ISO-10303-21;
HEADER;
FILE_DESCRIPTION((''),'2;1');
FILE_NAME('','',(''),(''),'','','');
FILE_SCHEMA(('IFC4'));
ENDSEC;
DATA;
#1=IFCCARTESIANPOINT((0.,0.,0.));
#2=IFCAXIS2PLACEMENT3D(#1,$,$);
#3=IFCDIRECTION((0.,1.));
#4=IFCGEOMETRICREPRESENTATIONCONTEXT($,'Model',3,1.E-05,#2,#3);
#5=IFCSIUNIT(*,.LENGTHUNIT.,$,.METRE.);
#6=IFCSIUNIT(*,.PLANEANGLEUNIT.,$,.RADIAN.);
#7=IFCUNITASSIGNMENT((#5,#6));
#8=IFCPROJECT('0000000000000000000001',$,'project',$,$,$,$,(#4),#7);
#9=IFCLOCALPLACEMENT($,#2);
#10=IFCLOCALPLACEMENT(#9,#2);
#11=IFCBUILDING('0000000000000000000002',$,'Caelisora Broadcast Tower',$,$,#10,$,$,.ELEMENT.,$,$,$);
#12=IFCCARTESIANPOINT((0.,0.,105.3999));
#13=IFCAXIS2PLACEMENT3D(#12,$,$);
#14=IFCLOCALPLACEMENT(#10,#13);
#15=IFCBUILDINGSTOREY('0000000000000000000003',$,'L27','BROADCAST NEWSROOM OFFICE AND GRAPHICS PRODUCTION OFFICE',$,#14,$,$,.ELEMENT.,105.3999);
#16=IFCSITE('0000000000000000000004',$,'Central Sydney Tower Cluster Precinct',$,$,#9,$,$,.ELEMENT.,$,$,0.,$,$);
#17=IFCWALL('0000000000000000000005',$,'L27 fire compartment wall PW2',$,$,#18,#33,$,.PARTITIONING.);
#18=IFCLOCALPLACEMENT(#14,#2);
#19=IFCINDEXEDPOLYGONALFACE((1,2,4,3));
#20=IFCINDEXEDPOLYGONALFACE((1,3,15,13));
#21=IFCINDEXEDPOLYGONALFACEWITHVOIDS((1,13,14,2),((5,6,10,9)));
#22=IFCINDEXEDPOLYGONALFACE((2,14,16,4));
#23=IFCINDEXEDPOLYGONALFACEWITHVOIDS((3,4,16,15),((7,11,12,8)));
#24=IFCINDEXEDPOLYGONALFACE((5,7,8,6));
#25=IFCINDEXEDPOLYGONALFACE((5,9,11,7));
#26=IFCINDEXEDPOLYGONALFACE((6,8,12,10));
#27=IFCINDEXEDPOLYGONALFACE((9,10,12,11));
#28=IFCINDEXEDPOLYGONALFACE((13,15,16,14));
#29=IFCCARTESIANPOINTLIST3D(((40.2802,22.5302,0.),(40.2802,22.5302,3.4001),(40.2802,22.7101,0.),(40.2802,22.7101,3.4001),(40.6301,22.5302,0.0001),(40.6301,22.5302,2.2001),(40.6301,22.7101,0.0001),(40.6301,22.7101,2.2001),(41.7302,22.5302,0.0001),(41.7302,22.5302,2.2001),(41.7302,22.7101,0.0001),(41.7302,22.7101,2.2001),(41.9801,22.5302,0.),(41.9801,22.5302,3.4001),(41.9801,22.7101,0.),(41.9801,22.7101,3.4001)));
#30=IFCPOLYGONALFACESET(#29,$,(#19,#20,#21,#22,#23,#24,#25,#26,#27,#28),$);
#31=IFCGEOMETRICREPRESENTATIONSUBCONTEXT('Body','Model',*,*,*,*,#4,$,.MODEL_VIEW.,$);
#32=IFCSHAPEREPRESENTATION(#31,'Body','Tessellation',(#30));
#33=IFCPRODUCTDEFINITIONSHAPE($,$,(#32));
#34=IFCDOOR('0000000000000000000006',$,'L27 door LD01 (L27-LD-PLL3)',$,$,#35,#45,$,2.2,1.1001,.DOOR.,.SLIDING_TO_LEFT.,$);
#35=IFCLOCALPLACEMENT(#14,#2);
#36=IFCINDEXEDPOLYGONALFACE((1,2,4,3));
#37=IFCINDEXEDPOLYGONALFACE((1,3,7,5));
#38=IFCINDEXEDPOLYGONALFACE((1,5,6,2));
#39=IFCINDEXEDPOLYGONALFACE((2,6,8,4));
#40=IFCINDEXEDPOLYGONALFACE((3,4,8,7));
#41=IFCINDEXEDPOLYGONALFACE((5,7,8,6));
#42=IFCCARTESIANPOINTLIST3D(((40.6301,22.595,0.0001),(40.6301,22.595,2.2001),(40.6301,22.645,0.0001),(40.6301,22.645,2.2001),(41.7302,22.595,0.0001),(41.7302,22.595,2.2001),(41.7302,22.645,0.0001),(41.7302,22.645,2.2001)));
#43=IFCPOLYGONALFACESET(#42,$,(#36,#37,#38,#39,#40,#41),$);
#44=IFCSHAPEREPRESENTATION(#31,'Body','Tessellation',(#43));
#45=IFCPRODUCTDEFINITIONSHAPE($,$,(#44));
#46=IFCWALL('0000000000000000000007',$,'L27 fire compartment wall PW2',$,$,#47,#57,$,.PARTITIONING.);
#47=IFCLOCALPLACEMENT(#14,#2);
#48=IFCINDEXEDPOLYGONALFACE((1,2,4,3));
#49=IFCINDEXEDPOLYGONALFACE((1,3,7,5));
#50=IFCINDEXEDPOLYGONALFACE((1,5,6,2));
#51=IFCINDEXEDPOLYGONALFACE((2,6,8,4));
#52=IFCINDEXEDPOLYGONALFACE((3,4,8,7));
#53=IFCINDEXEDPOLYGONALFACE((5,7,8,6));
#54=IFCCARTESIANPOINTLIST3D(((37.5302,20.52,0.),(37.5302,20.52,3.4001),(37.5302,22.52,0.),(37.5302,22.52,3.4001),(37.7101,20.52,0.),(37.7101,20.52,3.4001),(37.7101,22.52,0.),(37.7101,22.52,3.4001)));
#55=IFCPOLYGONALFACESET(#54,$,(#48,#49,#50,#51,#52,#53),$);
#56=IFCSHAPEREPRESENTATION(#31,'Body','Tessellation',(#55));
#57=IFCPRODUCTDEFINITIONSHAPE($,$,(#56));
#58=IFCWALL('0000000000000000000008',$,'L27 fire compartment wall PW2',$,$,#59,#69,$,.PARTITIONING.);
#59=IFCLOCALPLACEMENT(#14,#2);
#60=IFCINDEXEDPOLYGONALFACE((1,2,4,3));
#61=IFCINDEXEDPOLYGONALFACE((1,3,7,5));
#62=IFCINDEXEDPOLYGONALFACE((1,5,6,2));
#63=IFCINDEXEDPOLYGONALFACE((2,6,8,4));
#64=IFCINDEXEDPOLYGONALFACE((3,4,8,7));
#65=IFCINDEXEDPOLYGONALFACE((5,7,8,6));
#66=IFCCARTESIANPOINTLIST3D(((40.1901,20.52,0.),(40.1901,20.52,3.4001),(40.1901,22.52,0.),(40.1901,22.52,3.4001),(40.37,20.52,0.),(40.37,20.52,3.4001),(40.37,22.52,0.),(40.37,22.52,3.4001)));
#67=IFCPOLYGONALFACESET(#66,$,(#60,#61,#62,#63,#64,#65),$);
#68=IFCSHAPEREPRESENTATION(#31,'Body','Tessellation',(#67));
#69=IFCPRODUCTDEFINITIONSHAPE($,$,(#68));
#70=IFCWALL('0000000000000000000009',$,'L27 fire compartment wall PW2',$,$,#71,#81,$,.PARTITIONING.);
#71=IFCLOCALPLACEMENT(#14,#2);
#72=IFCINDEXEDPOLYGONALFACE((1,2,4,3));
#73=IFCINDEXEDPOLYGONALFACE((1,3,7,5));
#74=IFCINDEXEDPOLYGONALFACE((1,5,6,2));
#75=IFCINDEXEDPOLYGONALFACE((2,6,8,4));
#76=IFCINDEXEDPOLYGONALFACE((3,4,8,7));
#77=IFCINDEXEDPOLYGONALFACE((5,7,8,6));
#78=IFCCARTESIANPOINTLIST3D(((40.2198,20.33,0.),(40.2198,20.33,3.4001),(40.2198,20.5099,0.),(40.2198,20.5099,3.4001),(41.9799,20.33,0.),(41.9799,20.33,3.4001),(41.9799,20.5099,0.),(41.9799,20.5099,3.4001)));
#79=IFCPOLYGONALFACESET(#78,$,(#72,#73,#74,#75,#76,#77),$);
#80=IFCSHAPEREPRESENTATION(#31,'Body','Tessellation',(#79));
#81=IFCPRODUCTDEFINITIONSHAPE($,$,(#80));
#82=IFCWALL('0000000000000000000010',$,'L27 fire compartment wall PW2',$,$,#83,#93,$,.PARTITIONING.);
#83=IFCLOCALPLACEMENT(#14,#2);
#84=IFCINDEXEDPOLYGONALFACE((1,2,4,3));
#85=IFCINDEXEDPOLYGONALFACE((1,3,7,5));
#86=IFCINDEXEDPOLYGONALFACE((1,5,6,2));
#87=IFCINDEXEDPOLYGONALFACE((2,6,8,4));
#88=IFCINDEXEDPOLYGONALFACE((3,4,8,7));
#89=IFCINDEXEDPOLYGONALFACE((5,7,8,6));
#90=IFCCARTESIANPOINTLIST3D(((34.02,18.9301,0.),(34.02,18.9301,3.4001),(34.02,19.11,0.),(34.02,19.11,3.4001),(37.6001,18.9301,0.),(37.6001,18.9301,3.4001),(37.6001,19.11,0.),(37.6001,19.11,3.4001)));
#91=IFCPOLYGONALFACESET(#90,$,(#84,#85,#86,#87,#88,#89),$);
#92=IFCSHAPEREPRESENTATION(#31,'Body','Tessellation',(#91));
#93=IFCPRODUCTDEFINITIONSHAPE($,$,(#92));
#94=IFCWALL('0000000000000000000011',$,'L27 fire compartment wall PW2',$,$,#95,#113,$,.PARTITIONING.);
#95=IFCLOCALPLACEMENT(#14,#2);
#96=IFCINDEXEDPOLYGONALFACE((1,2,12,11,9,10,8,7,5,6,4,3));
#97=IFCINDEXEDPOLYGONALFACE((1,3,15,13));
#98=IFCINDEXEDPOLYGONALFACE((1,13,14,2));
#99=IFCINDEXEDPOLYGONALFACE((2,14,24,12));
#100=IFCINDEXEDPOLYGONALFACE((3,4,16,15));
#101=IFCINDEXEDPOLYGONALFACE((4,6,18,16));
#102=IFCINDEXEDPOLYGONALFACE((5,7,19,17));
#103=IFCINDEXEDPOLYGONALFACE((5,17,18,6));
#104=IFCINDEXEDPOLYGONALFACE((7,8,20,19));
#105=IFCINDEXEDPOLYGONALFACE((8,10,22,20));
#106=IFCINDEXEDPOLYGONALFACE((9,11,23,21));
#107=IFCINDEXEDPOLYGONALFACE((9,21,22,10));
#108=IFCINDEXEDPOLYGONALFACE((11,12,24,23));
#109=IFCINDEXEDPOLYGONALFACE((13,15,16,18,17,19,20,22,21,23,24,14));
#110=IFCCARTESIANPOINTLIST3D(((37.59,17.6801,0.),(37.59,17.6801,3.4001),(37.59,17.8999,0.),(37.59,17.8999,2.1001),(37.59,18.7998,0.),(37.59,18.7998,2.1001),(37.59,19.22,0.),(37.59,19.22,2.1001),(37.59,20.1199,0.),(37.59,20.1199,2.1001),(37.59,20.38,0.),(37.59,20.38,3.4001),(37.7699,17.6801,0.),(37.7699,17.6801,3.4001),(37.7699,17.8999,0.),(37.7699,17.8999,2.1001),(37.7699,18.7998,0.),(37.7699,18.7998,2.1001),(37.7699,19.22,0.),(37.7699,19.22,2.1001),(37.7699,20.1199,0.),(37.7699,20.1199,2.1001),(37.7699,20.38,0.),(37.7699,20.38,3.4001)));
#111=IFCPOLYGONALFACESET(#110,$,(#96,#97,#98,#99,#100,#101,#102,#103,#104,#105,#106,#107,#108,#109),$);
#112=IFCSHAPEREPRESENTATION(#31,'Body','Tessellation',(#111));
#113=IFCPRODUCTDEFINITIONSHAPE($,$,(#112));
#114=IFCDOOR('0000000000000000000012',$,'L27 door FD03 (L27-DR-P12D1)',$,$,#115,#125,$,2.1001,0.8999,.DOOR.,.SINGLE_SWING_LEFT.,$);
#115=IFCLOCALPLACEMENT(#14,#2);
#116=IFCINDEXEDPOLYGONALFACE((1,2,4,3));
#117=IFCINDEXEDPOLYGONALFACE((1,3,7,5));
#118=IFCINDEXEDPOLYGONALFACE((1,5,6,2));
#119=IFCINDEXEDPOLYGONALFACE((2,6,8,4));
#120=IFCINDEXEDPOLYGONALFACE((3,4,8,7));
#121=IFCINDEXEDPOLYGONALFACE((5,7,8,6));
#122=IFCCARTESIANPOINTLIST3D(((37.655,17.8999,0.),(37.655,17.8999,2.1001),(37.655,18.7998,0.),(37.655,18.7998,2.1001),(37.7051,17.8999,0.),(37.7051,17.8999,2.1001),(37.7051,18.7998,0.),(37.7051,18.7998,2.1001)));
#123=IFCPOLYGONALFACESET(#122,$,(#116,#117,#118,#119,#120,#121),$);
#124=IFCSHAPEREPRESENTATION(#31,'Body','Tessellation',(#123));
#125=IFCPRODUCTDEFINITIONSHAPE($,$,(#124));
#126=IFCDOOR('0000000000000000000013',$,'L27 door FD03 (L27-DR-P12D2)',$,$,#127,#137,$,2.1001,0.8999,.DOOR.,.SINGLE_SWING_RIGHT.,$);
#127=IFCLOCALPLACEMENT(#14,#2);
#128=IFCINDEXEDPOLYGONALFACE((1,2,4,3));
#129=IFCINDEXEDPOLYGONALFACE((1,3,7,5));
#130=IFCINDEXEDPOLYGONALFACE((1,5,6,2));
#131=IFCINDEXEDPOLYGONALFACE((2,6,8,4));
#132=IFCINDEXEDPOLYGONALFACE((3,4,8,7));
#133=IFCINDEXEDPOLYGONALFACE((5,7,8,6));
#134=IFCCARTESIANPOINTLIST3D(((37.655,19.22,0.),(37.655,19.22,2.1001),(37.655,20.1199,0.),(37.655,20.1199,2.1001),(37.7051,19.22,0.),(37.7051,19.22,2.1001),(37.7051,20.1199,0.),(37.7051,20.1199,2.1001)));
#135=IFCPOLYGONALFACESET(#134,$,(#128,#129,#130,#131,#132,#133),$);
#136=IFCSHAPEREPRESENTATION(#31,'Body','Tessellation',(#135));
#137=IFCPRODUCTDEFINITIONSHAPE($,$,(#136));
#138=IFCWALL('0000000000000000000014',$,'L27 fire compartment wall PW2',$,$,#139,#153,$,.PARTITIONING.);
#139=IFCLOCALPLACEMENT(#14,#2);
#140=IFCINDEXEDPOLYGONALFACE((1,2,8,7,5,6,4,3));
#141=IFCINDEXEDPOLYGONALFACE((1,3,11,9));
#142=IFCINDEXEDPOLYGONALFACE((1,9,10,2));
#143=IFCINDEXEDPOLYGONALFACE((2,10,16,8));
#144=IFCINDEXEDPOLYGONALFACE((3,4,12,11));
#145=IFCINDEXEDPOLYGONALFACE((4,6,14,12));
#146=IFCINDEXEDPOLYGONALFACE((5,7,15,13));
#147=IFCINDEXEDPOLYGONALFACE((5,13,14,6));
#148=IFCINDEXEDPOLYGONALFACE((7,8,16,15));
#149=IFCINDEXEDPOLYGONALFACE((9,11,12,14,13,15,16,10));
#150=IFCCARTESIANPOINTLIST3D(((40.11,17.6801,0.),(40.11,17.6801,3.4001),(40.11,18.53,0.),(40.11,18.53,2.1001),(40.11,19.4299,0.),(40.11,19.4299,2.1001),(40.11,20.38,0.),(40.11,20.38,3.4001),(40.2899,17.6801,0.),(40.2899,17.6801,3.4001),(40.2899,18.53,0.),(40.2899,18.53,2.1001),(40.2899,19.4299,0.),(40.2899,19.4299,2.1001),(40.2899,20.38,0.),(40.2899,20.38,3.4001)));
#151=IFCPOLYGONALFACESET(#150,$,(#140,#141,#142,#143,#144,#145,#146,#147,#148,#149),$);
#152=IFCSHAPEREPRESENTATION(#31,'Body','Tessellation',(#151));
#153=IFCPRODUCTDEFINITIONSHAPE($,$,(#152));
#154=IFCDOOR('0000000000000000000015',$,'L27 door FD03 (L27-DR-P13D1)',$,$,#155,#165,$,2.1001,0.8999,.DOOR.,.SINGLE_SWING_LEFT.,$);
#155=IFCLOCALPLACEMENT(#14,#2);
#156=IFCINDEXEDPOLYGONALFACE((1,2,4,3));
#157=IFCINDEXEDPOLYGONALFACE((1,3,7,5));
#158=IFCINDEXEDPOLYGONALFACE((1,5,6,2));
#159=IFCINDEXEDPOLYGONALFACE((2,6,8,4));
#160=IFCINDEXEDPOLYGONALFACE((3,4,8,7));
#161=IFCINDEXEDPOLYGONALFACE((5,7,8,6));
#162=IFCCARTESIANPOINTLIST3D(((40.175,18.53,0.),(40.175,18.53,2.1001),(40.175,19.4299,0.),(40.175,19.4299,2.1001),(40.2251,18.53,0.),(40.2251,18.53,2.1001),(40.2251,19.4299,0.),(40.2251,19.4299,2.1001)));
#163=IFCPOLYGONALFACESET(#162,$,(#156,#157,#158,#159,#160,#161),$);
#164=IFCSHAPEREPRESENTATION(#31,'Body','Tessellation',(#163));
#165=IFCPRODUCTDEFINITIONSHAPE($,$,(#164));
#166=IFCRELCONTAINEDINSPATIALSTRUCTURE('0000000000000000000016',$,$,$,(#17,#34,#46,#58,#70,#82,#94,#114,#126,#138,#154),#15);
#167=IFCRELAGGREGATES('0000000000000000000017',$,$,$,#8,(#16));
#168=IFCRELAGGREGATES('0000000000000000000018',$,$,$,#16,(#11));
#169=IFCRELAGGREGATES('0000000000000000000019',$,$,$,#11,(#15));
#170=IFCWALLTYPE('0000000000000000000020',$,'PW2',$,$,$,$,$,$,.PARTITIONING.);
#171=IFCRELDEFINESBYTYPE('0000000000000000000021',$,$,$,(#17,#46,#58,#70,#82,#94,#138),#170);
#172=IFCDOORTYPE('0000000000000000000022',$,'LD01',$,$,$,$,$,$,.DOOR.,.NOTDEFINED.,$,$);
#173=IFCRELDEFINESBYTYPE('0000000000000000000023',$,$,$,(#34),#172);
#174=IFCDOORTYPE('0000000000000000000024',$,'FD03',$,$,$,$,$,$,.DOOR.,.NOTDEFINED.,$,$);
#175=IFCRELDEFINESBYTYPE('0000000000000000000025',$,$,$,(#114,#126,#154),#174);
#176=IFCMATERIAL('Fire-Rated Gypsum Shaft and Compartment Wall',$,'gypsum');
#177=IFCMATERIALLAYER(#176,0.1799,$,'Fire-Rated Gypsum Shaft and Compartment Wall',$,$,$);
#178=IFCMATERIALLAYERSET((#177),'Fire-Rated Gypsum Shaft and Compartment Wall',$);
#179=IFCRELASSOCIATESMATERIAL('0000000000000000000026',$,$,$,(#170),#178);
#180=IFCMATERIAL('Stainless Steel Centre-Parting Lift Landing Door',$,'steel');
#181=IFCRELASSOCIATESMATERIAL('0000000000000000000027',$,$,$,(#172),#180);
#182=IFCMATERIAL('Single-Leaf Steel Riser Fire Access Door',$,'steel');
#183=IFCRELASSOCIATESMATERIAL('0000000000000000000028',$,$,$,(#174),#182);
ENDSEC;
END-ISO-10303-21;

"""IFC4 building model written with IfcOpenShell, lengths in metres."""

from ifc_helpers import new_model, si_unit, direction, frame, frame_2d, origin, place, context, subcontext, project, spatial, rectangle, extrude, material, layer, layer_set, type_object, element, fill, save


model = new_model("IFC4")

# Units and contexts
model_context = context("Model", 3, precision=1e-05, world=origin(), true_north=direction((0.0, 1.0)))
body_context = subcontext(model_context, "Body", "Model", "MODEL_VIEW")
ifc_project = project(units=[si_unit("LENGTHUNIT", "METRE"), si_unit("PLANEANGLEUNIT", "RADIAN")], contexts=[model_context])

# Site, building, storey
site_placement = place(None, origin())
site = spatial("IfcSite", under=ifc_project, at=site_placement, Name="Central Sydney Tower Cluster Precinct", CompositionType="ELEMENT", RefElevation=0.0)
building_placement = place(site_placement, origin())
building = spatial("IfcBuilding", under=site, at=building_placement, Name="Caelisora Broadcast Tower", CompositionType="ELEMENT")
storey_placement = place(building_placement, frame((0.0, 0.0, 105.3999)))
storey = spatial("IfcBuildingStorey", under=building, at=storey_placement, Name="L27", Description="BROADCAST NEWSROOM OFFICE AND GRAPHICS PRODUCTION OFFICE", CompositionType="ELEMENT", Elevation=105.3999)

# Wall, opening, door
ifc_material_1 = material(Name="Fire-Rated Gypsum Shaft and Compartment Wall", Category="gypsum")
ifc_layer_1 = layer(ifc_material_1, 0.1799, Name="Fire-Rated Gypsum Shaft and Compartment Wall")
ifc_layer_set_1 = layer_set([ifc_layer_1], Name="Fire-Rated Gypsum Shaft and Compartment Wall")
wall_type_1 = type_object("IfcWallType", Name="PW2", PredefinedType="PARTITIONING", material=ifc_layer_set_1)
wall_1_placement = place(storey_placement, frame((40.28, 22.6201, 0.0), z_axis=(0.0, 0.0, 1.0), x_axis=(1.0, 0.0, 0.0)))
wall_1 = element("IfcWall", 1, at=wall_1_placement, inside=storey, type_object=wall_type_1, Name="L27 fire compartment wall PW2", PredefinedType="PARTITIONING", context=body_context, shape_type="SweptSolid", body=[
    extrude(rectangle(XDim=1.7, YDim=0.1799, at=frame_2d((0.8501, 0.0))), origin(), (0.0, 0.0, 1.0), 3.4001),
])
opening_1_placement = place(wall_1_placement, frame((0.3501, 0.0, 0.0)))
opening_1 = element("IfcOpeningElement", 2, at=opening_1_placement, cuts=wall_1, PredefinedType="OPENING", context=body_context, shape_type="SweptSolid", body=[
    extrude(rectangle(XDim=1.1001, YDim=2.2, at=frame_2d((0.55, 1.1001))), frame((0.0, 0.1021, 0.0), z_axis=(0.0, -1.0, 0.0), x_axis=(1.0, 0.0, 0.0)), (0.0, 0.0, 1.0), 0.2039),
])
ifc_material_2 = material(Name="Stainless Steel Centre-Parting Lift Landing Door", Category="steel")
door_type_1 = type_object("IfcDoorType", Name="LD01", OperationType="NOTDEFINED", PredefinedType="DOOR", material=ifc_material_2)
door_1_placement = place(opening_1_placement, origin())
door_1 = element("IfcDoor", 3, at=door_1_placement, inside=storey, type_object=door_type_1, Name="L27 door LD01 (L27-LD-PLL3)", OperationType="SLIDING_TO_LEFT", OverallHeight=2.2, OverallWidth=1.1001, PredefinedType="DOOR", context=body_context, shape_type="SweptSolid", body=[
    extrude(rectangle(XDim=1.1001, YDim=2.2, at=frame_2d((0.55, 1.1001))), frame((0.0, 0.0249, 0.0), z_axis=(0.0, -1.0, 0.0), x_axis=(1.0, 0.0, 0.0)), (0.0, 0.0, 1.0), 0.05),
])
fill(opening_1, door_1)

# Walls
for number, where, z_axis, x_axis, name in (
    (4, (37.6201, 20.52, 0.0), (0.0, 0.0, 1.0), (0.0, 1.0, 0.0), "L27 fire compartment wall PW2"),
    (5, (40.28, 20.52, 0.0), (0.0, 0.0, 1.0), (0.0, 1.0, 0.0), "L27 fire compartment wall PW2"),
):
    element("IfcWall", number, at=place(storey_placement, frame(where, z_axis=z_axis, x_axis=x_axis)), inside=storey, type_object=wall_type_1, Name=name, PredefinedType="PARTITIONING", context=body_context, shape_type="SweptSolid", body=[
        extrude(rectangle(XDim=2.0, YDim=0.1799, at=frame_2d((1.0, 0.0))), origin(), (0.0, 0.0, 1.0), 3.4001),
    ])
wall_2_placement = place(storey_placement, frame((40.22, 20.4199, 0.0), z_axis=(0.0, 0.0, 1.0), x_axis=(1.0, 0.0, 0.0)))
element("IfcWall", 6, at=wall_2_placement, inside=storey, type_object=wall_type_1, Name="L27 fire compartment wall PW2", PredefinedType="PARTITIONING", context=body_context, shape_type="SweptSolid", body=[
    extrude(rectangle(XDim=1.76, YDim=0.1799, at=frame_2d((0.8799, 0.0))), origin(), (0.0, 0.0, 1.0), 3.4001),
])
wall_3_placement = place(storey_placement, frame((34.02, 19.02, 0.0), z_axis=(0.0, 0.0, 1.0), x_axis=(1.0, 0.0, 0.0)))
element("IfcWall", 7, at=wall_3_placement, inside=storey, type_object=wall_type_1, Name="L27 fire compartment wall PW2", PredefinedType="PARTITIONING", context=body_context, shape_type="SweptSolid", body=[
    extrude(rectangle(XDim=3.5801, YDim=0.1799, at=frame_2d((1.79, 0.0))), origin(), (0.0, 0.0, 1.0), 3.4001),
])

# Wall, openings, doors
wall_4_placement = place(storey_placement, frame((37.6799, 17.6799, 0.0), z_axis=(0.0, 0.0, 1.0), x_axis=(0.0, 1.0, 0.0)))
wall_4 = element("IfcWall", 8, at=wall_4_placement, inside=storey, type_object=wall_type_1, Name="L27 fire compartment wall PW2", PredefinedType="PARTITIONING", context=body_context, shape_type="SweptSolid", body=[
    extrude(rectangle(XDim=2.7, YDim=0.1799, at=frame_2d((1.3501, 0.0))), origin(), (0.0, 0.0, 1.0), 3.4001),
])
opening_2_placement = place(wall_4_placement, frame((0.22, 0.0, 0.0)))
opening_2 = element("IfcOpeningElement", 9, at=opening_2_placement, cuts=wall_4, PredefinedType="OPENING", context=body_context, shape_type="SweptSolid", body=[
    extrude(rectangle(XDim=0.8999, YDim=2.1001, at=frame_2d((0.45, 1.05))), frame((0.0, 0.1021, 0.0), z_axis=(0.0, -1.0, 0.0), x_axis=(1.0, 0.0, 0.0)), (0.0, 0.0, 1.0), 0.2039),
])
opening_3_placement = place(wall_4_placement, frame((1.54, 0.0, 0.0)))
opening_3 = element("IfcOpeningElement", 10, at=opening_3_placement, cuts=wall_4, PredefinedType="OPENING", context=body_context, shape_type="SweptSolid", body=[
    extrude(rectangle(XDim=0.8999, YDim=2.1001, at=frame_2d((0.45, 1.05))), frame((0.0, 0.1021, 0.0), z_axis=(0.0, -1.0, 0.0), x_axis=(1.0, 0.0, 0.0)), (0.0, 0.0, 1.0), 0.2039),
])
ifc_material_3 = material(Name="Single-Leaf Steel Riser Fire Access Door", Category="steel")
door_type_2 = type_object("IfcDoorType", Name="FD03", OperationType="NOTDEFINED", PredefinedType="DOOR", material=ifc_material_3)
door_2_placement = place(opening_2_placement, origin())
door_2 = element("IfcDoor", 11, at=door_2_placement, inside=storey, type_object=door_type_2, Name="L27 door FD03 (L27-DR-P12D1)", OperationType="SINGLE_SWING_LEFT", OverallHeight=2.1001, OverallWidth=0.8999, PredefinedType="DOOR", context=body_context, shape_type="SweptSolid", body=[
    extrude(rectangle(XDim=0.8999, YDim=2.1001, at=frame_2d((0.45, 1.05))), frame((0.0, 0.0249, 0.0), z_axis=(0.0, -1.0, 0.0), x_axis=(1.0, 0.0, 0.0)), (0.0, 0.0, 1.0), 0.05),
])
fill(opening_2, door_2)
door_3_placement = place(opening_3_placement, origin())
door_3 = element("IfcDoor", 12, at=door_3_placement, inside=storey, type_object=door_type_2, Name="L27 door FD03 (L27-DR-P12D2)", OperationType="SINGLE_SWING_RIGHT", OverallHeight=2.1001, OverallWidth=0.8999, PredefinedType="DOOR", context=body_context, shape_type="SweptSolid", body=[
    extrude(rectangle(XDim=0.8999, YDim=2.1001, at=frame_2d((0.45, 1.05))), frame((0.0, 0.0249, 0.0), z_axis=(0.0, -1.0, 0.0), x_axis=(1.0, 0.0, 0.0)), (0.0, 0.0, 1.0), 0.05),
])
fill(opening_3, door_3)

# Wall, opening, door
wall_5_placement = place(storey_placement, frame((40.2, 17.6799, 0.0), z_axis=(0.0, 0.0, 1.0), x_axis=(0.0, 1.0, 0.0)))
wall_5 = element("IfcWall", 13, at=wall_5_placement, inside=storey, type_object=wall_type_1, Name="L27 fire compartment wall PW2", PredefinedType="PARTITIONING", context=body_context, shape_type="SweptSolid", body=[
    extrude(rectangle(XDim=2.7, YDim=0.1799, at=frame_2d((1.3501, 0.0))), origin(), (0.0, 0.0, 1.0), 3.4001),
])
opening_4_placement = place(wall_5_placement, frame((0.8501, 0.0, 0.0)))
opening_4 = element("IfcOpeningElement", 14, at=opening_4_placement, cuts=wall_5, PredefinedType="OPENING", context=body_context, shape_type="SweptSolid", body=[
    extrude(rectangle(XDim=0.8999, YDim=2.1001, at=frame_2d((0.45, 1.05))), frame((0.0, 0.1021, 0.0), z_axis=(0.0, -1.0, 0.0), x_axis=(1.0, 0.0, 0.0)), (0.0, 0.0, 1.0), 0.2039),
])
door_4_placement = place(opening_4_placement, origin())
door_4 = element("IfcDoor", 15, at=door_4_placement, inside=storey, type_object=door_type_2, Name="L27 door FD03 (L27-DR-P13D1)", OperationType="SINGLE_SWING_LEFT", OverallHeight=2.1001, OverallWidth=0.8999, PredefinedType="DOOR", context=body_context, shape_type="SweptSolid", body=[
    extrude(rectangle(XDim=0.8999, YDim=2.1001, at=frame_2d((0.45, 1.05))), frame((0.0, 0.0249, 0.0), z_axis=(0.0, -1.0, 0.0), x_axis=(1.0, 0.0, 0.0)), (0.0, 0.0, 1.0), 0.05),
])
fill(opening_4, door_4)

save(model, "model.ifc")
